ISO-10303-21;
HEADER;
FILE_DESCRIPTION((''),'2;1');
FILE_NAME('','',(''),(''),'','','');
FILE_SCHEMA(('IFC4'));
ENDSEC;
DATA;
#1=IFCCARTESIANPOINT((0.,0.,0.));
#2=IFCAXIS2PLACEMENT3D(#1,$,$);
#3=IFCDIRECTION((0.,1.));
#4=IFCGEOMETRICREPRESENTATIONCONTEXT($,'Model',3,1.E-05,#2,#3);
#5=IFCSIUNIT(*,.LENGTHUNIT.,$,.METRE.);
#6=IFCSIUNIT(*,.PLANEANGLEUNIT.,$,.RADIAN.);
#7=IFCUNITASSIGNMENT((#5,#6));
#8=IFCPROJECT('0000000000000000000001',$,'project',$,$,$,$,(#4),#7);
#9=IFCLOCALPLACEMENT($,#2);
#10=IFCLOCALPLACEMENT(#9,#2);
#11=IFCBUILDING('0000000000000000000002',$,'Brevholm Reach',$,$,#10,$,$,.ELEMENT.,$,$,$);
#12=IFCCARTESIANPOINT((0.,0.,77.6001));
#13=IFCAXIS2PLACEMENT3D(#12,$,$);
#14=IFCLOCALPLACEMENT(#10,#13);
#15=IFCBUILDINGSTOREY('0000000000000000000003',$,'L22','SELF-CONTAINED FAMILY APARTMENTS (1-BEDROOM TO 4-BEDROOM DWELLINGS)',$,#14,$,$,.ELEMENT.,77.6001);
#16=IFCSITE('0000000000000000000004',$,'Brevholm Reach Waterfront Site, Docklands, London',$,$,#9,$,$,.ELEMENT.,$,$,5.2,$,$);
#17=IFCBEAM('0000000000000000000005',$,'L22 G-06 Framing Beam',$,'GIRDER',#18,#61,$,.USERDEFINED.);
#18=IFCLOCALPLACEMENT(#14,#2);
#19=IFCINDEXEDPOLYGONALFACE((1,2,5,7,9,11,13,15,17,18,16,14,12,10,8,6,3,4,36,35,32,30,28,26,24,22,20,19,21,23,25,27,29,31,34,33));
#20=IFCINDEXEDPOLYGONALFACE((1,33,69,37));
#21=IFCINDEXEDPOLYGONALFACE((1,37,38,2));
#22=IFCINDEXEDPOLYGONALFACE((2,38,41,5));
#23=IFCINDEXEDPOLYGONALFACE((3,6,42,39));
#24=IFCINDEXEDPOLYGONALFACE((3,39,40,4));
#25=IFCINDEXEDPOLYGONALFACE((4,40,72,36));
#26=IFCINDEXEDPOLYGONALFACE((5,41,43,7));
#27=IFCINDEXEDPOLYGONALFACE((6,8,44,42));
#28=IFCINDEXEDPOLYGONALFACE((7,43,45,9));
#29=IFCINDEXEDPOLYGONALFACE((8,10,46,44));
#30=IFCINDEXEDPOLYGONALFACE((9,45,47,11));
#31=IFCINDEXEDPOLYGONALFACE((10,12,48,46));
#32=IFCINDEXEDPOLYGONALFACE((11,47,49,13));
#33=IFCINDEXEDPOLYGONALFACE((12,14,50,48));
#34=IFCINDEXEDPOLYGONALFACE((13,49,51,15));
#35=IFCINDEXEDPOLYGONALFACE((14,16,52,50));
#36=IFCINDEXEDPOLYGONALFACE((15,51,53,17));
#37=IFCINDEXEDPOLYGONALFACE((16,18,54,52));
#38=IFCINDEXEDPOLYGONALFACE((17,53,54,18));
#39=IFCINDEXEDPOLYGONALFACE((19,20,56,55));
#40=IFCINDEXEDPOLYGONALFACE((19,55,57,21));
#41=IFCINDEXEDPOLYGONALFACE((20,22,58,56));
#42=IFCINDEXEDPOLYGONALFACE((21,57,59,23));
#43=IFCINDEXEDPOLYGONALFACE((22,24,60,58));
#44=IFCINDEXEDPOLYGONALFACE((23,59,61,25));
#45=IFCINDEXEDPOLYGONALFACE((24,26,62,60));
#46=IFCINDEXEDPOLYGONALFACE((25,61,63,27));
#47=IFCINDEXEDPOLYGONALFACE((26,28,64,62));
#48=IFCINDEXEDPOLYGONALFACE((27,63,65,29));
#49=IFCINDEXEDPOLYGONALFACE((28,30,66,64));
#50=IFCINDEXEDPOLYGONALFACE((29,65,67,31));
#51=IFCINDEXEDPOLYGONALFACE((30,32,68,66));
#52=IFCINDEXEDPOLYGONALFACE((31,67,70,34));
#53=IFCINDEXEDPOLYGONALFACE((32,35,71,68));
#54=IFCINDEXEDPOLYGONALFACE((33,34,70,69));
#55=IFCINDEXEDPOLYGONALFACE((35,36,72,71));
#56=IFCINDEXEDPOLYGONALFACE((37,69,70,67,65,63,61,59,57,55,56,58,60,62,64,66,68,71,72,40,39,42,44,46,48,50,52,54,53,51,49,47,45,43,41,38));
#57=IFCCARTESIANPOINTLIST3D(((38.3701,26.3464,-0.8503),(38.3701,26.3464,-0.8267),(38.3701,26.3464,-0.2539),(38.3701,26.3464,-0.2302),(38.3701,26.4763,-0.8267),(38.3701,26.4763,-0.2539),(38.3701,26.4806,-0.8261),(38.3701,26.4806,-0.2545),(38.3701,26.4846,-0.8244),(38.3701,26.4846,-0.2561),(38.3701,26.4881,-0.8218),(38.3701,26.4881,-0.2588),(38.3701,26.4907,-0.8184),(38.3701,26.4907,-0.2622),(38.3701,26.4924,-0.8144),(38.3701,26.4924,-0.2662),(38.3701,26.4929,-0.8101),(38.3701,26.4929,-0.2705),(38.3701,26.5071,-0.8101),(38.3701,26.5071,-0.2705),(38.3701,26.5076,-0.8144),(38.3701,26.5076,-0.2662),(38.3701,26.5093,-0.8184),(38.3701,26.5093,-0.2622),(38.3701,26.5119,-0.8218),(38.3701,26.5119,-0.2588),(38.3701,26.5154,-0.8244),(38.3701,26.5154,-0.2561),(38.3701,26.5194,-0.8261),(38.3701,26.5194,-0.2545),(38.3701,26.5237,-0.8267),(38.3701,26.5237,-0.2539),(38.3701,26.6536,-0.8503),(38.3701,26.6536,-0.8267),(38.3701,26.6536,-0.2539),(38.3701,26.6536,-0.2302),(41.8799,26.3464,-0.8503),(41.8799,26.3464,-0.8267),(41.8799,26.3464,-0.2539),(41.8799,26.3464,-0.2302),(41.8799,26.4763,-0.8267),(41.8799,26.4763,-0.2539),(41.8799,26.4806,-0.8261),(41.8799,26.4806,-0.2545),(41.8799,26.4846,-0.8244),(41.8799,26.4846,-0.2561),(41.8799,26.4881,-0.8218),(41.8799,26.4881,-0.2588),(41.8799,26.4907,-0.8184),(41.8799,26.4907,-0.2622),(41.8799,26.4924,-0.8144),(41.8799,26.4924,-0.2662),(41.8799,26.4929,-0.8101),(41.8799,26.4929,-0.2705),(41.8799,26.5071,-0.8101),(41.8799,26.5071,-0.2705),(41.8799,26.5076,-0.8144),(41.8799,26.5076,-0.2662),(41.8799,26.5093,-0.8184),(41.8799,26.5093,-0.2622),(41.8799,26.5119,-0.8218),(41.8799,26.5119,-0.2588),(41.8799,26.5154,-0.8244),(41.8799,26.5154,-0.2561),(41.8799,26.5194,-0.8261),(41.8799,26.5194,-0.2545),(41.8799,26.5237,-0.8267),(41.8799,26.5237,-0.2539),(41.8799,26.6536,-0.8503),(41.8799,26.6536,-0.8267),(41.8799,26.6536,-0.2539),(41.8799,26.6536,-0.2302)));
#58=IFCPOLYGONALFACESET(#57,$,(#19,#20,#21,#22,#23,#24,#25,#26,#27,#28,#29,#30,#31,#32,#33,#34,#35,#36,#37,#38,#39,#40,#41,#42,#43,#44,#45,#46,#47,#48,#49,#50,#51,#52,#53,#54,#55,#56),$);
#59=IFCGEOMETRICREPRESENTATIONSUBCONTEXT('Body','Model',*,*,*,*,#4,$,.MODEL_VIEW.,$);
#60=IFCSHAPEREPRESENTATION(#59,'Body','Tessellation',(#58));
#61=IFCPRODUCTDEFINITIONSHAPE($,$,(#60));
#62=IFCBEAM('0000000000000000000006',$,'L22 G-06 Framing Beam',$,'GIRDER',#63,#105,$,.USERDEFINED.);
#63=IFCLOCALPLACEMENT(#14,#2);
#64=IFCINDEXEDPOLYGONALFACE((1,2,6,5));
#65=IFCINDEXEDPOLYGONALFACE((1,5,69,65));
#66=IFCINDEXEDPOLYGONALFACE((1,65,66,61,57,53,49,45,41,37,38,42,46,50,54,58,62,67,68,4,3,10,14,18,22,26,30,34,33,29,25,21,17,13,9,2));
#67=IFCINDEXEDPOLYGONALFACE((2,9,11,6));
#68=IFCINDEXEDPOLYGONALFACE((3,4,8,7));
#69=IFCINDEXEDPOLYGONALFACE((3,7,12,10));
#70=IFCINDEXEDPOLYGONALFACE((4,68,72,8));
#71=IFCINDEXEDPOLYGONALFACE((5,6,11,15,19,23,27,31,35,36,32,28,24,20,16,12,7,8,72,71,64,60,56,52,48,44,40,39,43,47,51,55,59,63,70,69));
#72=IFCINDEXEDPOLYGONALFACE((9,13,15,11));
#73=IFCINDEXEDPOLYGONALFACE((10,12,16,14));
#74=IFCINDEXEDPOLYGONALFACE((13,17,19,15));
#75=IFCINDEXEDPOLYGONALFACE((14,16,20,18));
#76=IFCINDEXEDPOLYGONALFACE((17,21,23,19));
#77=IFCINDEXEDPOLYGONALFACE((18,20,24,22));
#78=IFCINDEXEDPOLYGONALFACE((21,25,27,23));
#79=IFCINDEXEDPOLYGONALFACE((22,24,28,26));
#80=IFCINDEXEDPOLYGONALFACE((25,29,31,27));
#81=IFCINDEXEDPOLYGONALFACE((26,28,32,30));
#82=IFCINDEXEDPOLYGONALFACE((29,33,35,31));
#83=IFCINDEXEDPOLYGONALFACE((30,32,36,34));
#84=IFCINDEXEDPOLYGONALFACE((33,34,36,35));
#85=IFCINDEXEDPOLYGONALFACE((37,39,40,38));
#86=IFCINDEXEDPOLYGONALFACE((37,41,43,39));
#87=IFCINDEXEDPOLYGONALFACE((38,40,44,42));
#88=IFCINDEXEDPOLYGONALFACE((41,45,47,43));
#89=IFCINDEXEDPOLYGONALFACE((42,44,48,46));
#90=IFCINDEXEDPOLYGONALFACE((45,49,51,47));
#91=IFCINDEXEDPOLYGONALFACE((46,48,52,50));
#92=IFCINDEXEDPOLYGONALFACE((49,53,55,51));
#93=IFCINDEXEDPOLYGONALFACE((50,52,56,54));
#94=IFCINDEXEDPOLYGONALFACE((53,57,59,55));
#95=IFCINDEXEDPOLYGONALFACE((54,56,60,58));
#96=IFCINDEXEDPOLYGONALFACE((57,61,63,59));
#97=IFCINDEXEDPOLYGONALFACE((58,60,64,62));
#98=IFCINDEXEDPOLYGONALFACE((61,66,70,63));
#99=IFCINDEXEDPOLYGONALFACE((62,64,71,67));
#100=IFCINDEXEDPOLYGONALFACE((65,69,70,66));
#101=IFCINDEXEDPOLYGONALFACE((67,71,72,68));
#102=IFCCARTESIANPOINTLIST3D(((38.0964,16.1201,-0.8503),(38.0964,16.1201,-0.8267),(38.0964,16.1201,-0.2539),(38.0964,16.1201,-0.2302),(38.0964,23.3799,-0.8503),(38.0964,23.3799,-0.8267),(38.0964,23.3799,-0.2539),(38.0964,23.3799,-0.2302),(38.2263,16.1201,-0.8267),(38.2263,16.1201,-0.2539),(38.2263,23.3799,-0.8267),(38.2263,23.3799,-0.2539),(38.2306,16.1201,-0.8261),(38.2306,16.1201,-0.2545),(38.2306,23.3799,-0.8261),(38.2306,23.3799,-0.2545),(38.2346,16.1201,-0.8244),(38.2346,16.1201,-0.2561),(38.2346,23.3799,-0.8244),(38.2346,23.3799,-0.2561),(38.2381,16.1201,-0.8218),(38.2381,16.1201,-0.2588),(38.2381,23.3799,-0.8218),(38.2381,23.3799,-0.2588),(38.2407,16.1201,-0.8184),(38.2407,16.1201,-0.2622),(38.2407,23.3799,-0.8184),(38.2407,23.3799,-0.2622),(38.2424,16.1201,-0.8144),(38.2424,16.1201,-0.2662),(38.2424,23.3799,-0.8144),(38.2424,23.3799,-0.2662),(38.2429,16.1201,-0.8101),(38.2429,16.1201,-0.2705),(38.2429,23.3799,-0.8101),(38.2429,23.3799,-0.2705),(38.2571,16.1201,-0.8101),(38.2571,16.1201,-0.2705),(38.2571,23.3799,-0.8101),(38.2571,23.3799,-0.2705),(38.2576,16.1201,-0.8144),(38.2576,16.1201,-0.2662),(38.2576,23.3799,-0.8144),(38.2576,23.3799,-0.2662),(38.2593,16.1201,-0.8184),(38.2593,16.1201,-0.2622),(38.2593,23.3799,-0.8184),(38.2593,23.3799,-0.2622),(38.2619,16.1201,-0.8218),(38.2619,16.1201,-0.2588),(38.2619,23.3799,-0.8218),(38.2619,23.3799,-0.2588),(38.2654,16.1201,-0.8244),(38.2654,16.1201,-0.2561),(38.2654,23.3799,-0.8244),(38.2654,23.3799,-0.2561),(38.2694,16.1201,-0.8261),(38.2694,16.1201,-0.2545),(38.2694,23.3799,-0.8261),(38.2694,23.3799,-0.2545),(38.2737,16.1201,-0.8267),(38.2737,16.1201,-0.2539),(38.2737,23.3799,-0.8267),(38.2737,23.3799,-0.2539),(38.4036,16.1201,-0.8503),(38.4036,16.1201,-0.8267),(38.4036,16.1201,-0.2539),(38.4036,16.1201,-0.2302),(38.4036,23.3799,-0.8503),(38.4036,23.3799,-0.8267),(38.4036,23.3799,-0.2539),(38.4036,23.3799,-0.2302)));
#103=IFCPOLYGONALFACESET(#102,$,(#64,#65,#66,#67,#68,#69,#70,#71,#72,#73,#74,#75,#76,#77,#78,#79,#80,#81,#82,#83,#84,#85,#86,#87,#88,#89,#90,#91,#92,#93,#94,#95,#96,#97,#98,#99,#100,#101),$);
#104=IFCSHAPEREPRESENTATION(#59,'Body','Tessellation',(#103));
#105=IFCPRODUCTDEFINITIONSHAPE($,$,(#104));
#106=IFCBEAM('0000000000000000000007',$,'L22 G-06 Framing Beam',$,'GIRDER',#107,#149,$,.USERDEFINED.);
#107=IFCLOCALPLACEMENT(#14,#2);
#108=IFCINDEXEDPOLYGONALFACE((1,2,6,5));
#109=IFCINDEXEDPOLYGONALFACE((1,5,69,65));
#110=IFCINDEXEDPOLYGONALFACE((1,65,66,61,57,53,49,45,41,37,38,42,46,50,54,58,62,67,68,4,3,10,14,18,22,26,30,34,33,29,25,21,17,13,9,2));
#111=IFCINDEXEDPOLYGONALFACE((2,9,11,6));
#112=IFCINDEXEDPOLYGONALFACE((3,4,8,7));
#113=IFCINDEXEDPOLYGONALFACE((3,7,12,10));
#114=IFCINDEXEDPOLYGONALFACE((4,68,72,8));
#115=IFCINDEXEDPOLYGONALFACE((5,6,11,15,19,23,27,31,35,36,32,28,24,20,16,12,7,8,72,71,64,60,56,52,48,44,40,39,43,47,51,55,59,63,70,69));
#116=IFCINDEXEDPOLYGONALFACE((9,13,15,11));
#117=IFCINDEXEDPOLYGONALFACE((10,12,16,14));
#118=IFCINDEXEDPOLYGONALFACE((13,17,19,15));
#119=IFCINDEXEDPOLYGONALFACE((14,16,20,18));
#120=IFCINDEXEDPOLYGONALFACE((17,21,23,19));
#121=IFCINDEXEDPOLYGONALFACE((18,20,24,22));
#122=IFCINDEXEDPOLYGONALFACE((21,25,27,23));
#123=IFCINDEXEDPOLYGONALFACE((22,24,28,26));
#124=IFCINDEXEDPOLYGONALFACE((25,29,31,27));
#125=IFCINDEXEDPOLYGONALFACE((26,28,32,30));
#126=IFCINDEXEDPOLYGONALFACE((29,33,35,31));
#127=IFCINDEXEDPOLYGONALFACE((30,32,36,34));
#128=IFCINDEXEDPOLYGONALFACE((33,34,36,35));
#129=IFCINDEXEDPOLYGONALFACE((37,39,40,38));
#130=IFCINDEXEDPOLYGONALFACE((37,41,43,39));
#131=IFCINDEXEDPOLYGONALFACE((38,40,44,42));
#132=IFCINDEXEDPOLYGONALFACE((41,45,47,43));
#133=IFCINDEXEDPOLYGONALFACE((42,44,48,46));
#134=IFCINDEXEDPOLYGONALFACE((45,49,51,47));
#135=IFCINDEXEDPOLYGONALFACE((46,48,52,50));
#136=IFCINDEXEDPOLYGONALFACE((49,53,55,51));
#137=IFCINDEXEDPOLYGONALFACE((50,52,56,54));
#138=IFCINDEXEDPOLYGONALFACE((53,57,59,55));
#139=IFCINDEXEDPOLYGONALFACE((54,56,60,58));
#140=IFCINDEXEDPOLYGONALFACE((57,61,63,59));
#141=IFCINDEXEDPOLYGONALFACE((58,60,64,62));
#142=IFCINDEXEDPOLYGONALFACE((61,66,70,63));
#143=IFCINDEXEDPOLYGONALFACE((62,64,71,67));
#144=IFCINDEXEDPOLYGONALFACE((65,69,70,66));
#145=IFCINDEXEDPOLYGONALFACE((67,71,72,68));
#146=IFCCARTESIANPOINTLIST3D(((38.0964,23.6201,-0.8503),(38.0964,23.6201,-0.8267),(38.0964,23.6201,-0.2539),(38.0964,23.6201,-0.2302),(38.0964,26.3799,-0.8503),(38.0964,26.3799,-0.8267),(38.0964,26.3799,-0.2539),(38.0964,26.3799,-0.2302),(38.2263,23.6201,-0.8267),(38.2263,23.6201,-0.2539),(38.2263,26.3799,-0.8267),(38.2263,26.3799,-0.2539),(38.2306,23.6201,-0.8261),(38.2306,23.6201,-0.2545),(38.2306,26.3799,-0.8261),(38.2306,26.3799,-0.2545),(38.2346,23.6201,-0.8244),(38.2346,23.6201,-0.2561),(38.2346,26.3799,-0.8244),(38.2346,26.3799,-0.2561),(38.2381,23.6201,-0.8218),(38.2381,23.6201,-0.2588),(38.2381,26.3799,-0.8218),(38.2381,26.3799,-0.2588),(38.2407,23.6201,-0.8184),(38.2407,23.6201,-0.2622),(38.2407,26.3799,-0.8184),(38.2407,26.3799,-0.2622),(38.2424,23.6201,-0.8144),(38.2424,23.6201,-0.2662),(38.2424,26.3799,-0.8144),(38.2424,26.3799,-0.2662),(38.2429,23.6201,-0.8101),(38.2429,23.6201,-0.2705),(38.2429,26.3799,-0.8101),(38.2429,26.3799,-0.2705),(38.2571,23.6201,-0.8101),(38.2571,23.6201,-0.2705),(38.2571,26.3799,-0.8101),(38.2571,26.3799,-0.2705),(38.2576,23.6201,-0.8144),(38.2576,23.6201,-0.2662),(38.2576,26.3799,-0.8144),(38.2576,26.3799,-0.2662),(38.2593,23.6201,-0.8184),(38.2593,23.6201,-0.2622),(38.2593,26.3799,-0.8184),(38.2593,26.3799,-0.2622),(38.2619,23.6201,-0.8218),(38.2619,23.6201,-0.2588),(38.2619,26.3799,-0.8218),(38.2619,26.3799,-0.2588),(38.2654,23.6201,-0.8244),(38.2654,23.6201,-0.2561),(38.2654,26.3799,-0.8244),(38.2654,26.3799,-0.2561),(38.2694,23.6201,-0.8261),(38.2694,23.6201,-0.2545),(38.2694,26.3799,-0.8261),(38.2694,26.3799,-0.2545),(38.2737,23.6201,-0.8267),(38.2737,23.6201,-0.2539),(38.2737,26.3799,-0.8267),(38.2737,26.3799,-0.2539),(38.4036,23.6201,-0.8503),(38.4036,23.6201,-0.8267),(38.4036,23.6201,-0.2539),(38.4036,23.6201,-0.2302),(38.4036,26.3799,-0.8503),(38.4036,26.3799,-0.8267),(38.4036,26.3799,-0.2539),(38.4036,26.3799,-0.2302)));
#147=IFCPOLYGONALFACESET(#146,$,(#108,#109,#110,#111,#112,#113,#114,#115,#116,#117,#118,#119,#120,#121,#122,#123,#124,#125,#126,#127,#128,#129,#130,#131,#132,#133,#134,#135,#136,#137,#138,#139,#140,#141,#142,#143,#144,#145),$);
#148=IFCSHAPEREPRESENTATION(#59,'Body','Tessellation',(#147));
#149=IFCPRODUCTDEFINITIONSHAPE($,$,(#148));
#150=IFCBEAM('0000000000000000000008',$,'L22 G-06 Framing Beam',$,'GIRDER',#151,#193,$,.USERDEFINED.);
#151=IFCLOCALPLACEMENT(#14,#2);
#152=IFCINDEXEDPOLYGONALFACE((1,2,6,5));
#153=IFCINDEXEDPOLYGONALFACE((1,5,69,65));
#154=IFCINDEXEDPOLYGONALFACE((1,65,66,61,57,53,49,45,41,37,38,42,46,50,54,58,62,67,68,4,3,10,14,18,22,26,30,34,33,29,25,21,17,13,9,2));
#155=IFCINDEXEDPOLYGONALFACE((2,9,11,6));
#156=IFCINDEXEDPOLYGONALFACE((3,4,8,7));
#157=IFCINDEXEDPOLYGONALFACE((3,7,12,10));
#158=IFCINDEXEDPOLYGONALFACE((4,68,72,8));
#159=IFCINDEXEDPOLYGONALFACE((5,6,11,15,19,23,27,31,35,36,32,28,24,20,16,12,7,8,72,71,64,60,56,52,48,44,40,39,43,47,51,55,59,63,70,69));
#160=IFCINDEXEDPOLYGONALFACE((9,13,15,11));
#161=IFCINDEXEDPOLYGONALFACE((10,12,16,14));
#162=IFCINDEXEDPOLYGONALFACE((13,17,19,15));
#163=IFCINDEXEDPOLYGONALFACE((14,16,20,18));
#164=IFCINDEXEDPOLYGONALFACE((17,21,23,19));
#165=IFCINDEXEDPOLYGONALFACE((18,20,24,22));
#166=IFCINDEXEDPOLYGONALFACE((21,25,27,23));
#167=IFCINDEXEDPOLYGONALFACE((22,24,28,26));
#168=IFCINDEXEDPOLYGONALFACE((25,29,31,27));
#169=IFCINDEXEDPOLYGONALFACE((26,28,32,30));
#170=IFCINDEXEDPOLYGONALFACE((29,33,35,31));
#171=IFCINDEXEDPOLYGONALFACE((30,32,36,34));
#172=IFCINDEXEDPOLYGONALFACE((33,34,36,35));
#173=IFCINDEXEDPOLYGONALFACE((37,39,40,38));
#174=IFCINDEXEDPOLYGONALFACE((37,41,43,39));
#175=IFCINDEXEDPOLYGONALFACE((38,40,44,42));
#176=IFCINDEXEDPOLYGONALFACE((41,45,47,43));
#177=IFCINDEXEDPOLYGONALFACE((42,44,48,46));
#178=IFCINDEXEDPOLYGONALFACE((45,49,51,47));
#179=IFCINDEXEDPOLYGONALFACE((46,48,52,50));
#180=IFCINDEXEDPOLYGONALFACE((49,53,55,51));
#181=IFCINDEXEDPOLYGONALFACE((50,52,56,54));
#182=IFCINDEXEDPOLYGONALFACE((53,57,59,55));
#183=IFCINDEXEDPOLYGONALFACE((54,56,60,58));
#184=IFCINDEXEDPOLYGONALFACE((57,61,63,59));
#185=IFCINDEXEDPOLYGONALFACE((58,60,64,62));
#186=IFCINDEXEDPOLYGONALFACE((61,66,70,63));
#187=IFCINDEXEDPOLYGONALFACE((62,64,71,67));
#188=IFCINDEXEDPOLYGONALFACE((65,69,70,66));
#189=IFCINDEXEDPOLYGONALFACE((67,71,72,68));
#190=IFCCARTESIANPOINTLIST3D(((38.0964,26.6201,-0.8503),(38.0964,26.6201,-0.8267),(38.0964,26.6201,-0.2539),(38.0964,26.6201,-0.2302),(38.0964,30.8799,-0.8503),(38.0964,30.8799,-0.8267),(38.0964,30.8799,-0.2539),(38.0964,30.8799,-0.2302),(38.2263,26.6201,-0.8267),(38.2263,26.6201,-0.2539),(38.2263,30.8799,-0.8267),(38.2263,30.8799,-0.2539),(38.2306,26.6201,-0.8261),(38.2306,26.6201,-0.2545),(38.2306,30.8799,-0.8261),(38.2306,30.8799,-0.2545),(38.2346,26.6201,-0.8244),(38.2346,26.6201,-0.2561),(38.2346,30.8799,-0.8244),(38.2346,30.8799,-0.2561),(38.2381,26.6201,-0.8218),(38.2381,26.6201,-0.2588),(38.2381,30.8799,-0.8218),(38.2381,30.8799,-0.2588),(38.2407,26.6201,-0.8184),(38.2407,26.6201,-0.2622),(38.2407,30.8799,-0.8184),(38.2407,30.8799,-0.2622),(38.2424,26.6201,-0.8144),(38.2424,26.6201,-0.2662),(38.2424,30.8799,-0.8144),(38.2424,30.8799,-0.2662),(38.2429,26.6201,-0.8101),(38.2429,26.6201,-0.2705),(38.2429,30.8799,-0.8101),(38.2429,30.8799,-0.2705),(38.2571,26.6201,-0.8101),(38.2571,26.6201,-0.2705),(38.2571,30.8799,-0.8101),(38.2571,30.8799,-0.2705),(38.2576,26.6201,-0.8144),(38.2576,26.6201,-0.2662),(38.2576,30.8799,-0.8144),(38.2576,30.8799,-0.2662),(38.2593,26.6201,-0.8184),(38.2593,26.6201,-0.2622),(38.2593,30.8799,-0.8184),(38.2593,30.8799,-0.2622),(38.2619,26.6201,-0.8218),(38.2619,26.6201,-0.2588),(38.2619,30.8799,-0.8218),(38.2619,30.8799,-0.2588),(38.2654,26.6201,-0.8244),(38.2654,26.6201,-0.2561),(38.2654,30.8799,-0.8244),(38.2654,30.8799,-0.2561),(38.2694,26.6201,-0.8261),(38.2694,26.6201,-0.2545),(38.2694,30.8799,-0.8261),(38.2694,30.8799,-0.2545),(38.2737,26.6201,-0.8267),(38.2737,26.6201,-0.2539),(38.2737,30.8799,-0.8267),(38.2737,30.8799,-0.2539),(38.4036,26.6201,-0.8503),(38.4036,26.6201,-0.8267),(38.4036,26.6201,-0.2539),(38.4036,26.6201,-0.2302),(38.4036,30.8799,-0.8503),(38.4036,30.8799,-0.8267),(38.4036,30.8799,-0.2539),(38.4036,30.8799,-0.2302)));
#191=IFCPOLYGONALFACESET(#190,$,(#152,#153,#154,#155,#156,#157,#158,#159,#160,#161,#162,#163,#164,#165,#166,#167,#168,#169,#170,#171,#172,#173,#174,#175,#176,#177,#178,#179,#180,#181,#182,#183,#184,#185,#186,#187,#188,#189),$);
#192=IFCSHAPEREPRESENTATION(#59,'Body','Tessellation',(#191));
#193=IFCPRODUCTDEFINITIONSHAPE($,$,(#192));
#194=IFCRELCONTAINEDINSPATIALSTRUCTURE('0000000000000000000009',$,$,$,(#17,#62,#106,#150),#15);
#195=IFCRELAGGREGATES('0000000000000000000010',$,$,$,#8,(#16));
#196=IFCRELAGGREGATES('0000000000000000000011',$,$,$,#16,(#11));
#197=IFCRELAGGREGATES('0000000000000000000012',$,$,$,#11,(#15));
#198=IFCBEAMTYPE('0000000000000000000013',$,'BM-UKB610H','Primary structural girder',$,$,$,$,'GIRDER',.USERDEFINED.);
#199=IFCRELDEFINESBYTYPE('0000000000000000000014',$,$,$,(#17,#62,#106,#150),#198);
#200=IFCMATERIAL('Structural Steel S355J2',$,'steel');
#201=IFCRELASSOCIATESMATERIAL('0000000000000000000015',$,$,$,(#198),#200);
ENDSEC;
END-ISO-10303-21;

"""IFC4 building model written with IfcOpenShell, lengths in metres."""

from ifc_helpers import new_model, si_unit, direction, frame, origin, origin_2d, place, context, subcontext, project, spatial, i_section, extrude, material, material_profile, profile_set, type_object, element, save


model = new_model("IFC4")

# Units and contexts
model_context = context("Model", 3, precision=1e-05, world=origin(), true_north=direction((0.0, 1.0)))
body_context = subcontext(model_context, "Body", "Model", "MODEL_VIEW")
ifc_project = project(units=[si_unit("LENGTHUNIT", "METRE"), si_unit("PLANEANGLEUNIT", "RADIAN")], contexts=[model_context])

# Site, building, storey
site_placement = place(None, origin())
site = spatial("IfcSite", under=ifc_project, at=site_placement, Name="Brevholm Reach Waterfront Site, Docklands, London", CompositionType="ELEMENT", RefElevation=5.2)
building_placement = place(site_placement, origin())
building = spatial("IfcBuilding", under=site, at=building_placement, Name="Brevholm Reach", CompositionType="ELEMENT")
storey_placement = place(building_placement, frame((0.0, 0.0, 77.6001)))
storey = spatial("IfcBuildingStorey", under=building, at=storey_placement, Name="L22", Description="SELF-CONTAINED FAMILY APARTMENTS (1-BEDROOM TO 4-BEDROOM DWELLINGS)", CompositionType="ELEMENT", Elevation=77.6001)

# Beams
ifc_material_1 = material(Name="Structural Steel S355J2", Category="steel")
ifc_material_profile_1 = material_profile(ifc_material_1, i_section(OverallWidth=0.3071, OverallDepth=0.6201, WebThickness=0.0142, FlangeThickness=0.0237, FilletRadius=0.0166, at=origin_2d()), Name="UKB 610x305x179")
ifc_profile_set_1 = profile_set([ifc_material_profile_1], Name="Structural Steel S355J2")
beam_type_1 = type_object("IfcBeamType", Name="BM-UKB610H", Description="Primary structural girder", ElementType="GIRDER", PredefinedType="USERDEFINED", material=ifc_profile_set_1)
for number, where, z_axis, x_axis, name in (
    (1, (38.3701, 26.5, -0.5403), (1.0, 0.0, 0.0), (0.0, 1.0, 0.0), "L22 G-06 Framing Beam"),
):
    element("IfcBeam", number, at=place(storey_placement, frame(where, z_axis=z_axis, x_axis=x_axis)), inside=storey, type_object=beam_type_1, Name=name, ObjectType="GIRDER", PredefinedType="USERDEFINED", context=body_context, shape_type="SweptSolid", body=[
        extrude(i_section(OverallWidth=0.3071, OverallDepth=0.6201, WebThickness=0.0142, FlangeThickness=0.0237, FilletRadius=0.0166, at=origin_2d()), origin(), (0.0, 0.0, 1.0), 3.5098),
    ])
beam_1_placement = place(storey_placement, frame((38.25, 16.1201, -0.5403), z_axis=(0.0, 1.0, 0.0), x_axis=(-1.0, 0.0, 0.0)))
element("IfcBeam", 2, at=beam_1_placement, inside=storey, type_object=beam_type_1, Name="L22 G-06 Framing Beam", ObjectType="GIRDER", PredefinedType="USERDEFINED", context=body_context, shape_type="SweptSolid", body=[
    extrude(i_section(OverallWidth=0.3071, OverallDepth=0.6201, WebThickness=0.0142, FlangeThickness=0.0237, FilletRadius=0.0166, at=origin_2d()), origin(), (0.0, 0.0, 1.0), 7.2598),
])
beam_2_placement = place(storey_placement, frame((38.25, 23.6201, -0.5403), z_axis=(0.0, 1.0, 0.0), x_axis=(-1.0, 0.0, 0.0)))
element("IfcBeam", 3, at=beam_2_placement, inside=storey, type_object=beam_type_1, Name="L22 G-06 Framing Beam", ObjectType="GIRDER", PredefinedType="USERDEFINED", context=body_context, shape_type="SweptSolid", body=[
    extrude(i_section(OverallWidth=0.3071, OverallDepth=0.6201, WebThickness=0.0142, FlangeThickness=0.0237, FilletRadius=0.0166, at=origin_2d()), origin(), (0.0, 0.0, 1.0), 2.7598),
])
beam_3_placement = place(storey_placement, frame((38.25, 26.6201, -0.5403), z_axis=(0.0, 1.0, 0.0), x_axis=(-1.0, 0.0, 0.0)))
element("IfcBeam", 4, at=beam_3_placement, inside=storey, type_object=beam_type_1, Name="L22 G-06 Framing Beam", ObjectType="GIRDER", PredefinedType="USERDEFINED", context=body_context, shape_type="SweptSolid", body=[
    extrude(i_section(OverallWidth=0.3071, OverallDepth=0.6201, WebThickness=0.0142, FlangeThickness=0.0237, FilletRadius=0.0166, at=origin_2d()), origin(), (0.0, 0.0, 1.0), 4.2598),
])

save(model, "model.ifc")
